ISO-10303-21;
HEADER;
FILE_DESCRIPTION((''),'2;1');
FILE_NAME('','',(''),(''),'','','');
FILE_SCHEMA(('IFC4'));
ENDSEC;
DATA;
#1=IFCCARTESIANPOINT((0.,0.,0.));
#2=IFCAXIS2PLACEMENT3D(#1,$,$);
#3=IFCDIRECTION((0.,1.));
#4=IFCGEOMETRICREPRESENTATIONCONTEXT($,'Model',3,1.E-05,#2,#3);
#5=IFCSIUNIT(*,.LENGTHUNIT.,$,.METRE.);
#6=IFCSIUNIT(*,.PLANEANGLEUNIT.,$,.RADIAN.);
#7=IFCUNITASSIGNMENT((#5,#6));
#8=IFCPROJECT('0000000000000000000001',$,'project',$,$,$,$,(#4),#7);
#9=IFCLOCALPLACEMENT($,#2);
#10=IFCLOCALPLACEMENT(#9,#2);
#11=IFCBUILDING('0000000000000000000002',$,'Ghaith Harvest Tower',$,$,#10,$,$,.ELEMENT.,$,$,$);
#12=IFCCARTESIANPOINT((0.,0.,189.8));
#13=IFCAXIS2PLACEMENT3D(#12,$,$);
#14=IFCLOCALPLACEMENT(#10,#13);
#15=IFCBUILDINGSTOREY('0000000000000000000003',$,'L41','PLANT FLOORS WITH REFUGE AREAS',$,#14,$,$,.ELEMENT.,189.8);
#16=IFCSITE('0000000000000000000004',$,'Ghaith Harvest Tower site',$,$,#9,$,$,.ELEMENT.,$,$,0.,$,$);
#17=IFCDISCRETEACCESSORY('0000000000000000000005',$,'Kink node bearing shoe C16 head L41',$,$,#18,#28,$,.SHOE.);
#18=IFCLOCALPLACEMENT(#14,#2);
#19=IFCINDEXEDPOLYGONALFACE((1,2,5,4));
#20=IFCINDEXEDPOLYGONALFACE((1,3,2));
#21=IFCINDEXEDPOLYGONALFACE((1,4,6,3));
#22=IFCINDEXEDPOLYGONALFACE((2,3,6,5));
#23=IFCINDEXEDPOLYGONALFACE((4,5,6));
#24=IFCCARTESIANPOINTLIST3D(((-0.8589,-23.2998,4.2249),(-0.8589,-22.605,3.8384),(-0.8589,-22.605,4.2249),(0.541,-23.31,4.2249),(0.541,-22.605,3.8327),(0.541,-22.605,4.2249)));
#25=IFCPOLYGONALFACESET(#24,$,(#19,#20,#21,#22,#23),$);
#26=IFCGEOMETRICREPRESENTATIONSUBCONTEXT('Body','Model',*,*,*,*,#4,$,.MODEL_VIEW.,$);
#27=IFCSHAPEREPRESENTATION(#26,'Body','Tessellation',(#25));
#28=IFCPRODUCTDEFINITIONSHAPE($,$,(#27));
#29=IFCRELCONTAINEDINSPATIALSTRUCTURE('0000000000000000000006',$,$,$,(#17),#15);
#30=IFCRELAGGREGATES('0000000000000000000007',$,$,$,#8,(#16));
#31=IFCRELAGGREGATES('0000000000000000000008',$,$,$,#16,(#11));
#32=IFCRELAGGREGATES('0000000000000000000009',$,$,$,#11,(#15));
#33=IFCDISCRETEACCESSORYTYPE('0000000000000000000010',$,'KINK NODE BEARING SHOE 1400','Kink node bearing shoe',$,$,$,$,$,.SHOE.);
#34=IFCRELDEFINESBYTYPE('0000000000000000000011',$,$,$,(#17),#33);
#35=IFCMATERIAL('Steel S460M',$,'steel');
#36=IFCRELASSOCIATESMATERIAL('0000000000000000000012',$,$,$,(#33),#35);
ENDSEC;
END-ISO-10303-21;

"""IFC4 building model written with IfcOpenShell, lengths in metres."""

from ifc_helpers import new_model, si_unit, direction, frame, origin, origin_2d, place, context, subcontext, project, spatial, rectangle, extrude, clip, halfspace, material, material_profile, profile_set, type_object, element, save


model = new_model("IFC4")

# Units and contexts
model_context = context("Model", 3, precision=1e-05, world=origin(), true_north=direction((0.0, 1.0)))
body_context = subcontext(model_context, "Body", "Model", "MODEL_VIEW")
ifc_project = project(units=[si_unit("LENGTHUNIT", "METRE"), si_unit("PLANEANGLEUNIT", "RADIAN")], contexts=[model_context])

# Site, building, storey
site_placement = place(None, origin())
site = spatial("IfcSite", under=ifc_project, at=site_placement, Name="Ghaith Harvest Tower site", CompositionType="ELEMENT", RefElevation=0.0)
building_placement = place(site_placement, origin())
building = spatial("IfcBuilding", under=site, at=building_placement, Name="Ghaith Harvest Tower", CompositionType="ELEMENT")
storey_placement = place(building_placement, frame((0.0, 0.0, 189.8)))
storey = spatial("IfcBuildingStorey", under=building, at=storey_placement, Name="L41", Description="PLANT FLOORS WITH REFUGE AREAS", CompositionType="ELEMENT", Elevation=189.8)

# Discrete accessory
ifc_material_1 = material(Name="Steel S460M", Category="steel")
ifc_material_profile_1 = material_profile(ifc_material_1, rectangle(XDim=1.3999, YDim=1.3999, at=origin_2d()), Name="KINK NODE BEARING SHOE 1400")
ifc_profile_set_1 = profile_set([ifc_material_profile_1], Name="Steel S460M")
discrete_accessory_type = type_object("IfcDiscreteAccessoryType", Name="KINK NODE BEARING SHOE 1400", Description="Kink node bearing shoe", PredefinedType="SHOE", material=ifc_profile_set_1)
discrete_accessory_1_placement = place(storey_placement, frame((-0.1589, -23.3049, 3.8228), z_axis=(0.0, 0.0, 1.0), x_axis=(1.0, 0.0, 0.0)))
element("IfcDiscreteAccessory", 1, at=discrete_accessory_1_placement, inside=storey, type_object=discrete_accessory_type, Name="Kink node bearing shoe C16 head L41", PredefinedType="SHOE", context=body_context, shape_type="Clipping", body=[
    clip(extrude(rectangle(XDim=1.3999, YDim=1.3999, at=origin_2d()), origin(), (0.0, 0.0, 1.0), 0.4021), halfspace(frame((0.0, 0.0, 0.4021), z_axis=(-0.003546, -0.486091, -0.873901), x_axis=(1.0, 0.0, 0.0)), False)),
])

save(model, "model.ifc")
